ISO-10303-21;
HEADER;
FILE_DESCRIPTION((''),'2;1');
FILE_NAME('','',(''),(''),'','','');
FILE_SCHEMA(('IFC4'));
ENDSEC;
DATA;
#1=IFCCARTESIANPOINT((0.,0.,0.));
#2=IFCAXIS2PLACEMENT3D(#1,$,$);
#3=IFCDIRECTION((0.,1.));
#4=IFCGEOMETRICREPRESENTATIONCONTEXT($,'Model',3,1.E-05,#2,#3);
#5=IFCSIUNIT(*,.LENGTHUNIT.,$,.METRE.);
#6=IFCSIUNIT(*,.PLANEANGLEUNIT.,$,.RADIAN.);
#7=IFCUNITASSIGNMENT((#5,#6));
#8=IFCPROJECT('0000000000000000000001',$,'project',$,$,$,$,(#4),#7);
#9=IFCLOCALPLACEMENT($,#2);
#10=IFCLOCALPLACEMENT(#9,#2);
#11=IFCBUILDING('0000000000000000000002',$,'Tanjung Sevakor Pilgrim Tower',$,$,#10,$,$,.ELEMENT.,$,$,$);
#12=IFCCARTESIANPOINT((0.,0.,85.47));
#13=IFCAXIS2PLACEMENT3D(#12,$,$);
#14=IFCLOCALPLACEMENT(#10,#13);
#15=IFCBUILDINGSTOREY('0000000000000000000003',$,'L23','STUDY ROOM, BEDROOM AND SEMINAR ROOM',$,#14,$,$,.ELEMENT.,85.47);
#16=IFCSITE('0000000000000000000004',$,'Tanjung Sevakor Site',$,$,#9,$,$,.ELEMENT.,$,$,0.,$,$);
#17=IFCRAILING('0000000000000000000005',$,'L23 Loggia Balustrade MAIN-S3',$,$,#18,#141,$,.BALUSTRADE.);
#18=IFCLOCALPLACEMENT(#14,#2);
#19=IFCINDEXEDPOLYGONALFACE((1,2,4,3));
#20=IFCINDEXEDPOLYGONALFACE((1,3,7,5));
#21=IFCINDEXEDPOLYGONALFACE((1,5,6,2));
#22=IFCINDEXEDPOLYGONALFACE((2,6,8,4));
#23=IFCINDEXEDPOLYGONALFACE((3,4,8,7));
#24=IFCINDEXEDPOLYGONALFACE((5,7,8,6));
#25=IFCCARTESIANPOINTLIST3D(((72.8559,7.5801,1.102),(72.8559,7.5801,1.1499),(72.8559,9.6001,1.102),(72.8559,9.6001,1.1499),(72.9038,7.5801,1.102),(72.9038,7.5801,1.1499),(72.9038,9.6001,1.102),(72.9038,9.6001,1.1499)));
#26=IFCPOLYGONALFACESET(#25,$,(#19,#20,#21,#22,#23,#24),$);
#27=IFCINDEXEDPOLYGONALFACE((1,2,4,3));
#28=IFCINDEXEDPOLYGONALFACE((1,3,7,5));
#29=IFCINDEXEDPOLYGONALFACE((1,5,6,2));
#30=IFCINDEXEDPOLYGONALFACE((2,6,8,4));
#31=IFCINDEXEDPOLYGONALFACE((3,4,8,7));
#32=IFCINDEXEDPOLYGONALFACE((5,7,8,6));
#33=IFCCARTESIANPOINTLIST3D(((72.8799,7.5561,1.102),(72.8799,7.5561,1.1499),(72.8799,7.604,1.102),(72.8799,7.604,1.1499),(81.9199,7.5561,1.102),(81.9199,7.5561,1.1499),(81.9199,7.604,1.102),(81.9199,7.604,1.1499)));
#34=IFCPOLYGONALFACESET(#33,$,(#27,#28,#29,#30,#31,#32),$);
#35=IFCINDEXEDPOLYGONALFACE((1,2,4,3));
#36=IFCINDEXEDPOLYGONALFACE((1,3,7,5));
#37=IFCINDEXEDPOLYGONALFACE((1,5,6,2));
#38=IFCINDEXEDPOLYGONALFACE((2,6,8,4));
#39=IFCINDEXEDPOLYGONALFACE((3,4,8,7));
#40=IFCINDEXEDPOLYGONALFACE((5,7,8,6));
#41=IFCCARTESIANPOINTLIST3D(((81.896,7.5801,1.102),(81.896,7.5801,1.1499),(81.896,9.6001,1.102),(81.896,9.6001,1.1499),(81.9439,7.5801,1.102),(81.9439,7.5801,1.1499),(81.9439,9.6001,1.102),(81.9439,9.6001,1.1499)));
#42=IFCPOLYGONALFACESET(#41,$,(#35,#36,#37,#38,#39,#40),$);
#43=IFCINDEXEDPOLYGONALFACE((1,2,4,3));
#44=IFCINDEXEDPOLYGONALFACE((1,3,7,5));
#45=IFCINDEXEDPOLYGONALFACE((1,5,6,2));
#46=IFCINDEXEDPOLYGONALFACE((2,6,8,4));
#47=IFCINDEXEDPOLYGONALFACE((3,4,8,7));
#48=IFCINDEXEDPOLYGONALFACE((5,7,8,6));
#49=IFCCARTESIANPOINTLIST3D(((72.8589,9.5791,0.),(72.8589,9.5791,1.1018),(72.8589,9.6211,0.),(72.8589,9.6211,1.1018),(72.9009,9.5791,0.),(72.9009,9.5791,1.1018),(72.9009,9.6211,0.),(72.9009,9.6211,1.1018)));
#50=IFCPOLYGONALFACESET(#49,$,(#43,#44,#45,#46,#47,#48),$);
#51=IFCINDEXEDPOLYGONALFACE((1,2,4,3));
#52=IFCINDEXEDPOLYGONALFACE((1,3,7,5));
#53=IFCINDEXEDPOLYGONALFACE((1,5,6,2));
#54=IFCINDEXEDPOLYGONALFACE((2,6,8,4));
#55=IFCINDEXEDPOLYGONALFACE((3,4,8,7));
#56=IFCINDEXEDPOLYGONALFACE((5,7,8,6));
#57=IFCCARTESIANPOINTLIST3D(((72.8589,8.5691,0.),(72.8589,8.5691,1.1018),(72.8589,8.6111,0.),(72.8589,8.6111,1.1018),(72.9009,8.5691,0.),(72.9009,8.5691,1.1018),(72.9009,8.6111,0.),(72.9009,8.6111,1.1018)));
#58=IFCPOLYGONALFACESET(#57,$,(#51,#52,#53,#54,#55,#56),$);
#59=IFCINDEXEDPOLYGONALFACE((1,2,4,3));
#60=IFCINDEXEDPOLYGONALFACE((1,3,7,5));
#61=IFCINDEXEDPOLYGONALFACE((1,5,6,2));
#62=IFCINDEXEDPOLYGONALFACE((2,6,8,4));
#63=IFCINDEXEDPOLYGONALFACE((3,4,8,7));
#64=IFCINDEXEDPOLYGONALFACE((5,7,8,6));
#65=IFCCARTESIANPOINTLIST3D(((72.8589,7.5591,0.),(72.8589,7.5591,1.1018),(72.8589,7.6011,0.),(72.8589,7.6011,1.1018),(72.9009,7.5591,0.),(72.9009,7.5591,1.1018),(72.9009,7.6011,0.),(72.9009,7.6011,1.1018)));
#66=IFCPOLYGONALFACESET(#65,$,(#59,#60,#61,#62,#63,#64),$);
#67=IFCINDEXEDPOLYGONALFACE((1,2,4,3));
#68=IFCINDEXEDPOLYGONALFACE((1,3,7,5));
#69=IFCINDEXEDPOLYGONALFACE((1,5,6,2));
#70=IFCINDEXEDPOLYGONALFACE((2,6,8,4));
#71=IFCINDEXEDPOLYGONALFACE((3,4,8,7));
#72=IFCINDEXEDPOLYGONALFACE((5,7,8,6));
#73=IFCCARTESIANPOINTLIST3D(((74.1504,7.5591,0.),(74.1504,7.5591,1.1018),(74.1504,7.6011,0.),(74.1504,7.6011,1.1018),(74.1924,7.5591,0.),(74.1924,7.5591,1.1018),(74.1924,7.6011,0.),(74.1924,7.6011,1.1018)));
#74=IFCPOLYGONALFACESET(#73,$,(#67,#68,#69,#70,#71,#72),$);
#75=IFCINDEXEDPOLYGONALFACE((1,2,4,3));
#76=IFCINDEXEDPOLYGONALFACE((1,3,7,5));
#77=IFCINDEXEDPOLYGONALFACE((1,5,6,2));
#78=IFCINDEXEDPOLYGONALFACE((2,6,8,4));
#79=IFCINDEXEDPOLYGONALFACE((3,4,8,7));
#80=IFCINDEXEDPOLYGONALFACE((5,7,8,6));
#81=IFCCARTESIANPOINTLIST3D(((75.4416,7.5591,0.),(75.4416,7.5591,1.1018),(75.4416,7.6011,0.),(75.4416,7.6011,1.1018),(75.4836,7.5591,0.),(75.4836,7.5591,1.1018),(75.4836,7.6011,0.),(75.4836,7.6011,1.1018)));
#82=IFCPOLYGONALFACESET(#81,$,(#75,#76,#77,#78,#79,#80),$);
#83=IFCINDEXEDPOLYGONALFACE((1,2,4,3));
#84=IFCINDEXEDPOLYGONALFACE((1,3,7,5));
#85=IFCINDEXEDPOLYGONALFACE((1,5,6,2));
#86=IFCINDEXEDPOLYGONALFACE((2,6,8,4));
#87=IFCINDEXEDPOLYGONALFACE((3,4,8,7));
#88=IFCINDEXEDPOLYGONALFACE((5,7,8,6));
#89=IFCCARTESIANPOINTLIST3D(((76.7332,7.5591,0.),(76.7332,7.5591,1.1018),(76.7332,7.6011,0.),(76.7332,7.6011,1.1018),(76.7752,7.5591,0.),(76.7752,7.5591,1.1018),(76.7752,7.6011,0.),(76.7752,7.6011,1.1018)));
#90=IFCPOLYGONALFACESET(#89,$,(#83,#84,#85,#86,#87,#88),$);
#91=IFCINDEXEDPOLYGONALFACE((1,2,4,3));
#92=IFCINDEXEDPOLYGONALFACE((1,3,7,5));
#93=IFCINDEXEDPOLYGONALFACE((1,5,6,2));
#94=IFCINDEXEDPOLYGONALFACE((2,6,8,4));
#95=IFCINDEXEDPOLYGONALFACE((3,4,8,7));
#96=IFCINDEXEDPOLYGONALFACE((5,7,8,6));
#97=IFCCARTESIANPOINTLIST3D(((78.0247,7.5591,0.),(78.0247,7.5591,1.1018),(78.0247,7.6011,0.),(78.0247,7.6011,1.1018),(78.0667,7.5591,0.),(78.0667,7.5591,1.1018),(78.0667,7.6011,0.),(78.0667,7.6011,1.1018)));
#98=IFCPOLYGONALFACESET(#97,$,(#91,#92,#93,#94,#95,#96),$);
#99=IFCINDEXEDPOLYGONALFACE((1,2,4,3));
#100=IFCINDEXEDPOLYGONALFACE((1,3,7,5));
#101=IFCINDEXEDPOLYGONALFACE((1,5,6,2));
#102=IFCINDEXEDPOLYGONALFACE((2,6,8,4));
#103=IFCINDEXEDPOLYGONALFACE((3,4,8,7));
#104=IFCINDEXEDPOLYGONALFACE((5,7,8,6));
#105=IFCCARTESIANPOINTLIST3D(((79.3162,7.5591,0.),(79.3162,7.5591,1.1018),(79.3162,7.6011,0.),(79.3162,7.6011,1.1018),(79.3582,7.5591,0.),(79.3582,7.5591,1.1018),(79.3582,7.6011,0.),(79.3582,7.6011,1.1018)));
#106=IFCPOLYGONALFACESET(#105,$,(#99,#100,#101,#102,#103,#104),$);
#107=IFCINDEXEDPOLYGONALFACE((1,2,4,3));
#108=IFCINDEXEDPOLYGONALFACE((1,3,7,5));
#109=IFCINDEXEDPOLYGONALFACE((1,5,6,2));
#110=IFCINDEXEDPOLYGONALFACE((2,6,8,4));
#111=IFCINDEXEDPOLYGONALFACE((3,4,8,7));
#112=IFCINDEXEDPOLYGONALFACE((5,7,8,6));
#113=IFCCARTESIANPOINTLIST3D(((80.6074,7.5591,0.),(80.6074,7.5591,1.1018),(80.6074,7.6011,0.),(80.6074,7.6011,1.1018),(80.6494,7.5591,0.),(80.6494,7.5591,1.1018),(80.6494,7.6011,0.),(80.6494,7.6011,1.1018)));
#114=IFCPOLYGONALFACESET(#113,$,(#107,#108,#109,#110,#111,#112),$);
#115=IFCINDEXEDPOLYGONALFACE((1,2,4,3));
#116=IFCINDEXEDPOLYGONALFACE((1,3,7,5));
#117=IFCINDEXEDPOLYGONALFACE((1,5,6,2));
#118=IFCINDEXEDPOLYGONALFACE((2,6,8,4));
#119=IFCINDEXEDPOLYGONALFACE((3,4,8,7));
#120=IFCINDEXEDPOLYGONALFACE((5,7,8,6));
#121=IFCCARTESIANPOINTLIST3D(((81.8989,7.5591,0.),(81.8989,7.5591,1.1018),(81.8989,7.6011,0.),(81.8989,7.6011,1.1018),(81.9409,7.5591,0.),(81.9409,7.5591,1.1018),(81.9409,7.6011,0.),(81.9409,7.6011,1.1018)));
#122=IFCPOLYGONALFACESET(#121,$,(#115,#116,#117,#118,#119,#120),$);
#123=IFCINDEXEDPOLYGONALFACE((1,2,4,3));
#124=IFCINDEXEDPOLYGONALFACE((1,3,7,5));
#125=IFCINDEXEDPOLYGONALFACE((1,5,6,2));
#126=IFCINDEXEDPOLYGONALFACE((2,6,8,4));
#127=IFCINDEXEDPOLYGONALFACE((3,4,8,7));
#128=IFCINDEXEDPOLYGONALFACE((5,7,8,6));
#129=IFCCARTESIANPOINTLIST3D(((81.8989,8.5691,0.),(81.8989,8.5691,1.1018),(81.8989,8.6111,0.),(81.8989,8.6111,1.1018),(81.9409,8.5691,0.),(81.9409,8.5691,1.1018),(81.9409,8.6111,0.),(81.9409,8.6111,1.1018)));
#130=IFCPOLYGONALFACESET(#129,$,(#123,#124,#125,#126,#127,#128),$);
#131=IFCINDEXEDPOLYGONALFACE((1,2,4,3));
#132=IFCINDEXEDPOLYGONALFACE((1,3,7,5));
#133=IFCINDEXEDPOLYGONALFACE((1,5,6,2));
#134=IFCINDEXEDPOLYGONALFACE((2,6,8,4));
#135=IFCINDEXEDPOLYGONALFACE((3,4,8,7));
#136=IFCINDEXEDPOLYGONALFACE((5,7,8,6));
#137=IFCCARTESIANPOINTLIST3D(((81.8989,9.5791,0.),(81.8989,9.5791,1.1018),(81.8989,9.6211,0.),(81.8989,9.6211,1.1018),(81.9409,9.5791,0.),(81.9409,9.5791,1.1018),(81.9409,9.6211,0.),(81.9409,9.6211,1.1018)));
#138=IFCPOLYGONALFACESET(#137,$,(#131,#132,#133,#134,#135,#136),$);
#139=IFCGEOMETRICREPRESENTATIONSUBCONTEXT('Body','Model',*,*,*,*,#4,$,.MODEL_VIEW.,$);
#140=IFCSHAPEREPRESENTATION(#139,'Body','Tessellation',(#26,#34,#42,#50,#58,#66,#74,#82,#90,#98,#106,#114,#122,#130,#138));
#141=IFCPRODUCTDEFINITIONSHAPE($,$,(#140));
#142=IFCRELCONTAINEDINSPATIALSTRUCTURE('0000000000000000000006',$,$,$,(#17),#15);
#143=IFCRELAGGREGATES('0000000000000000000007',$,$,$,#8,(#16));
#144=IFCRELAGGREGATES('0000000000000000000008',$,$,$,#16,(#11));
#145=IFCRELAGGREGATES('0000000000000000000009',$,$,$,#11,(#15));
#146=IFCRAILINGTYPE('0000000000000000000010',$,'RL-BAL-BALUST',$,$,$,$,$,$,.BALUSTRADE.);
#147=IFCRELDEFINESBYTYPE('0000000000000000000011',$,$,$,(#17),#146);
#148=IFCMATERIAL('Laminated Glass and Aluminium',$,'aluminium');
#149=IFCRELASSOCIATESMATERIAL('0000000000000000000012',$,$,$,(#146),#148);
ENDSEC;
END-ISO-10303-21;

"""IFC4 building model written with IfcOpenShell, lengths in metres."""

from ifc_helpers import new_model, si_unit, direction, frame, origin, place, context, subcontext, project, spatial, rectangle, extrude, material, type_object, element, save


model = new_model("IFC4")

# Units and contexts
model_context = context("Model", 3, precision=1e-05, world=origin(), true_north=direction((0.0, 1.0)))
body_context = subcontext(model_context, "Body", "Model", "MODEL_VIEW")
ifc_project = project(units=[si_unit("LENGTHUNIT", "METRE"), si_unit("PLANEANGLEUNIT", "RADIAN")], contexts=[model_context])

# Site, building, storey
site_placement = place(None, origin())
site = spatial("IfcSite", under=ifc_project, at=site_placement, Name="Tanjung Sevakor Site", CompositionType="ELEMENT", RefElevation=0.0)
building_placement = place(site_placement, origin())
building = spatial("IfcBuilding", under=site, at=building_placement, Name="Tanjung Sevakor Pilgrim Tower", CompositionType="ELEMENT")
storey_placement = place(building_placement, frame((0.0, 0.0, 85.47)))
storey = spatial("IfcBuildingStorey", under=building, at=storey_placement, Name="L23", Description="STUDY ROOM, BEDROOM AND SEMINAR ROOM", CompositionType="ELEMENT", Elevation=85.47)

# Railing
ifc_material_1 = material(Name="Laminated Glass and Aluminium", Category="aluminium")
railing_type = type_object("IfcRailingType", Name="RL-BAL-BALUST", PredefinedType="BALUSTRADE", material=ifc_material_1)
railing_placement = place(storey_placement, frame((72.8799, 9.6001, 0.0)))
element("IfcRailing", 1, at=railing_placement, inside=storey, type_object=railing_type, Name="L23 Loggia Balustrade MAIN-S3", PredefinedType="BALUSTRADE", context=body_context, shape_type="SweptSolid", body=[
    extrude(rectangle(XDim=0.0479, YDim=0.0479), frame((0.0, 0.0, 1.126), z_axis=(0.0, -1.0, 0.0), x_axis=(1.0, 0.0, 0.0)), (0.0, 0.0, 1.0), 2.02),
    extrude(rectangle(XDim=0.0479, YDim=0.0479), frame((0.0, -2.02, 1.126), z_axis=(1.0, 0.0, 0.0), x_axis=(0.0, 1.0, 0.0)), (0.0, 0.0, 1.0), 9.04),
    extrude(rectangle(XDim=0.0479, YDim=0.0479), frame((9.04, -2.02, 1.126), z_axis=(0.0, 1.0, 0.0), x_axis=(-1.0, 0.0, 0.0)), (0.0, 0.0, 1.0), 2.02),
    extrude(rectangle(XDim=0.042, YDim=0.042), origin(), (0.0, 0.0, 1.0), 1.1018),
    extrude(rectangle(XDim=0.042, YDim=0.042), frame((0.0, -1.01, 0.0)), (0.0, 0.0, 1.0), 1.1018),
    extrude(rectangle(XDim=0.042, YDim=0.042), frame((0.0, -2.02, 0.0)), (0.0, 0.0, 1.0), 1.1018),
    extrude(rectangle(XDim=0.042, YDim=0.042), frame((1.2915, -2.02, 0.0)), (0.0, 0.0, 1.0), 1.1018),
    extrude(rectangle(XDim=0.042, YDim=0.042), frame((2.5828, -2.02, 0.0)), (0.0, 0.0, 1.0), 1.1018),
    extrude(rectangle(XDim=0.042, YDim=0.042), frame((3.8743, -2.02, 0.0)), (0.0, 0.0, 1.0), 1.1018),
    extrude(rectangle(XDim=0.042, YDim=0.042), frame((5.1658, -2.02, 0.0)), (0.0, 0.0, 1.0), 1.1018),
    extrude(rectangle(XDim=0.042, YDim=0.042), frame((6.4573, -2.02, 0.0)), (0.0, 0.0, 1.0), 1.1018),
    extrude(rectangle(XDim=0.042, YDim=0.042), frame((7.7485, -2.02, 0.0)), (0.0, 0.0, 1.0), 1.1018),
    extrude(rectangle(XDim=0.042, YDim=0.042), frame((9.04, -2.02, 0.0)), (0.0, 0.0, 1.0), 1.1018),
    extrude(rectangle(XDim=0.042, YDim=0.042), frame((9.04, -1.01, 0.0)), (0.0, 0.0, 1.0), 1.1018),
    extrude(rectangle(XDim=0.042, YDim=0.042), frame((9.04, 0.0, 0.0)), (0.0, 0.0, 1.0), 1.1018),
])

save(model, "model.ifc")
